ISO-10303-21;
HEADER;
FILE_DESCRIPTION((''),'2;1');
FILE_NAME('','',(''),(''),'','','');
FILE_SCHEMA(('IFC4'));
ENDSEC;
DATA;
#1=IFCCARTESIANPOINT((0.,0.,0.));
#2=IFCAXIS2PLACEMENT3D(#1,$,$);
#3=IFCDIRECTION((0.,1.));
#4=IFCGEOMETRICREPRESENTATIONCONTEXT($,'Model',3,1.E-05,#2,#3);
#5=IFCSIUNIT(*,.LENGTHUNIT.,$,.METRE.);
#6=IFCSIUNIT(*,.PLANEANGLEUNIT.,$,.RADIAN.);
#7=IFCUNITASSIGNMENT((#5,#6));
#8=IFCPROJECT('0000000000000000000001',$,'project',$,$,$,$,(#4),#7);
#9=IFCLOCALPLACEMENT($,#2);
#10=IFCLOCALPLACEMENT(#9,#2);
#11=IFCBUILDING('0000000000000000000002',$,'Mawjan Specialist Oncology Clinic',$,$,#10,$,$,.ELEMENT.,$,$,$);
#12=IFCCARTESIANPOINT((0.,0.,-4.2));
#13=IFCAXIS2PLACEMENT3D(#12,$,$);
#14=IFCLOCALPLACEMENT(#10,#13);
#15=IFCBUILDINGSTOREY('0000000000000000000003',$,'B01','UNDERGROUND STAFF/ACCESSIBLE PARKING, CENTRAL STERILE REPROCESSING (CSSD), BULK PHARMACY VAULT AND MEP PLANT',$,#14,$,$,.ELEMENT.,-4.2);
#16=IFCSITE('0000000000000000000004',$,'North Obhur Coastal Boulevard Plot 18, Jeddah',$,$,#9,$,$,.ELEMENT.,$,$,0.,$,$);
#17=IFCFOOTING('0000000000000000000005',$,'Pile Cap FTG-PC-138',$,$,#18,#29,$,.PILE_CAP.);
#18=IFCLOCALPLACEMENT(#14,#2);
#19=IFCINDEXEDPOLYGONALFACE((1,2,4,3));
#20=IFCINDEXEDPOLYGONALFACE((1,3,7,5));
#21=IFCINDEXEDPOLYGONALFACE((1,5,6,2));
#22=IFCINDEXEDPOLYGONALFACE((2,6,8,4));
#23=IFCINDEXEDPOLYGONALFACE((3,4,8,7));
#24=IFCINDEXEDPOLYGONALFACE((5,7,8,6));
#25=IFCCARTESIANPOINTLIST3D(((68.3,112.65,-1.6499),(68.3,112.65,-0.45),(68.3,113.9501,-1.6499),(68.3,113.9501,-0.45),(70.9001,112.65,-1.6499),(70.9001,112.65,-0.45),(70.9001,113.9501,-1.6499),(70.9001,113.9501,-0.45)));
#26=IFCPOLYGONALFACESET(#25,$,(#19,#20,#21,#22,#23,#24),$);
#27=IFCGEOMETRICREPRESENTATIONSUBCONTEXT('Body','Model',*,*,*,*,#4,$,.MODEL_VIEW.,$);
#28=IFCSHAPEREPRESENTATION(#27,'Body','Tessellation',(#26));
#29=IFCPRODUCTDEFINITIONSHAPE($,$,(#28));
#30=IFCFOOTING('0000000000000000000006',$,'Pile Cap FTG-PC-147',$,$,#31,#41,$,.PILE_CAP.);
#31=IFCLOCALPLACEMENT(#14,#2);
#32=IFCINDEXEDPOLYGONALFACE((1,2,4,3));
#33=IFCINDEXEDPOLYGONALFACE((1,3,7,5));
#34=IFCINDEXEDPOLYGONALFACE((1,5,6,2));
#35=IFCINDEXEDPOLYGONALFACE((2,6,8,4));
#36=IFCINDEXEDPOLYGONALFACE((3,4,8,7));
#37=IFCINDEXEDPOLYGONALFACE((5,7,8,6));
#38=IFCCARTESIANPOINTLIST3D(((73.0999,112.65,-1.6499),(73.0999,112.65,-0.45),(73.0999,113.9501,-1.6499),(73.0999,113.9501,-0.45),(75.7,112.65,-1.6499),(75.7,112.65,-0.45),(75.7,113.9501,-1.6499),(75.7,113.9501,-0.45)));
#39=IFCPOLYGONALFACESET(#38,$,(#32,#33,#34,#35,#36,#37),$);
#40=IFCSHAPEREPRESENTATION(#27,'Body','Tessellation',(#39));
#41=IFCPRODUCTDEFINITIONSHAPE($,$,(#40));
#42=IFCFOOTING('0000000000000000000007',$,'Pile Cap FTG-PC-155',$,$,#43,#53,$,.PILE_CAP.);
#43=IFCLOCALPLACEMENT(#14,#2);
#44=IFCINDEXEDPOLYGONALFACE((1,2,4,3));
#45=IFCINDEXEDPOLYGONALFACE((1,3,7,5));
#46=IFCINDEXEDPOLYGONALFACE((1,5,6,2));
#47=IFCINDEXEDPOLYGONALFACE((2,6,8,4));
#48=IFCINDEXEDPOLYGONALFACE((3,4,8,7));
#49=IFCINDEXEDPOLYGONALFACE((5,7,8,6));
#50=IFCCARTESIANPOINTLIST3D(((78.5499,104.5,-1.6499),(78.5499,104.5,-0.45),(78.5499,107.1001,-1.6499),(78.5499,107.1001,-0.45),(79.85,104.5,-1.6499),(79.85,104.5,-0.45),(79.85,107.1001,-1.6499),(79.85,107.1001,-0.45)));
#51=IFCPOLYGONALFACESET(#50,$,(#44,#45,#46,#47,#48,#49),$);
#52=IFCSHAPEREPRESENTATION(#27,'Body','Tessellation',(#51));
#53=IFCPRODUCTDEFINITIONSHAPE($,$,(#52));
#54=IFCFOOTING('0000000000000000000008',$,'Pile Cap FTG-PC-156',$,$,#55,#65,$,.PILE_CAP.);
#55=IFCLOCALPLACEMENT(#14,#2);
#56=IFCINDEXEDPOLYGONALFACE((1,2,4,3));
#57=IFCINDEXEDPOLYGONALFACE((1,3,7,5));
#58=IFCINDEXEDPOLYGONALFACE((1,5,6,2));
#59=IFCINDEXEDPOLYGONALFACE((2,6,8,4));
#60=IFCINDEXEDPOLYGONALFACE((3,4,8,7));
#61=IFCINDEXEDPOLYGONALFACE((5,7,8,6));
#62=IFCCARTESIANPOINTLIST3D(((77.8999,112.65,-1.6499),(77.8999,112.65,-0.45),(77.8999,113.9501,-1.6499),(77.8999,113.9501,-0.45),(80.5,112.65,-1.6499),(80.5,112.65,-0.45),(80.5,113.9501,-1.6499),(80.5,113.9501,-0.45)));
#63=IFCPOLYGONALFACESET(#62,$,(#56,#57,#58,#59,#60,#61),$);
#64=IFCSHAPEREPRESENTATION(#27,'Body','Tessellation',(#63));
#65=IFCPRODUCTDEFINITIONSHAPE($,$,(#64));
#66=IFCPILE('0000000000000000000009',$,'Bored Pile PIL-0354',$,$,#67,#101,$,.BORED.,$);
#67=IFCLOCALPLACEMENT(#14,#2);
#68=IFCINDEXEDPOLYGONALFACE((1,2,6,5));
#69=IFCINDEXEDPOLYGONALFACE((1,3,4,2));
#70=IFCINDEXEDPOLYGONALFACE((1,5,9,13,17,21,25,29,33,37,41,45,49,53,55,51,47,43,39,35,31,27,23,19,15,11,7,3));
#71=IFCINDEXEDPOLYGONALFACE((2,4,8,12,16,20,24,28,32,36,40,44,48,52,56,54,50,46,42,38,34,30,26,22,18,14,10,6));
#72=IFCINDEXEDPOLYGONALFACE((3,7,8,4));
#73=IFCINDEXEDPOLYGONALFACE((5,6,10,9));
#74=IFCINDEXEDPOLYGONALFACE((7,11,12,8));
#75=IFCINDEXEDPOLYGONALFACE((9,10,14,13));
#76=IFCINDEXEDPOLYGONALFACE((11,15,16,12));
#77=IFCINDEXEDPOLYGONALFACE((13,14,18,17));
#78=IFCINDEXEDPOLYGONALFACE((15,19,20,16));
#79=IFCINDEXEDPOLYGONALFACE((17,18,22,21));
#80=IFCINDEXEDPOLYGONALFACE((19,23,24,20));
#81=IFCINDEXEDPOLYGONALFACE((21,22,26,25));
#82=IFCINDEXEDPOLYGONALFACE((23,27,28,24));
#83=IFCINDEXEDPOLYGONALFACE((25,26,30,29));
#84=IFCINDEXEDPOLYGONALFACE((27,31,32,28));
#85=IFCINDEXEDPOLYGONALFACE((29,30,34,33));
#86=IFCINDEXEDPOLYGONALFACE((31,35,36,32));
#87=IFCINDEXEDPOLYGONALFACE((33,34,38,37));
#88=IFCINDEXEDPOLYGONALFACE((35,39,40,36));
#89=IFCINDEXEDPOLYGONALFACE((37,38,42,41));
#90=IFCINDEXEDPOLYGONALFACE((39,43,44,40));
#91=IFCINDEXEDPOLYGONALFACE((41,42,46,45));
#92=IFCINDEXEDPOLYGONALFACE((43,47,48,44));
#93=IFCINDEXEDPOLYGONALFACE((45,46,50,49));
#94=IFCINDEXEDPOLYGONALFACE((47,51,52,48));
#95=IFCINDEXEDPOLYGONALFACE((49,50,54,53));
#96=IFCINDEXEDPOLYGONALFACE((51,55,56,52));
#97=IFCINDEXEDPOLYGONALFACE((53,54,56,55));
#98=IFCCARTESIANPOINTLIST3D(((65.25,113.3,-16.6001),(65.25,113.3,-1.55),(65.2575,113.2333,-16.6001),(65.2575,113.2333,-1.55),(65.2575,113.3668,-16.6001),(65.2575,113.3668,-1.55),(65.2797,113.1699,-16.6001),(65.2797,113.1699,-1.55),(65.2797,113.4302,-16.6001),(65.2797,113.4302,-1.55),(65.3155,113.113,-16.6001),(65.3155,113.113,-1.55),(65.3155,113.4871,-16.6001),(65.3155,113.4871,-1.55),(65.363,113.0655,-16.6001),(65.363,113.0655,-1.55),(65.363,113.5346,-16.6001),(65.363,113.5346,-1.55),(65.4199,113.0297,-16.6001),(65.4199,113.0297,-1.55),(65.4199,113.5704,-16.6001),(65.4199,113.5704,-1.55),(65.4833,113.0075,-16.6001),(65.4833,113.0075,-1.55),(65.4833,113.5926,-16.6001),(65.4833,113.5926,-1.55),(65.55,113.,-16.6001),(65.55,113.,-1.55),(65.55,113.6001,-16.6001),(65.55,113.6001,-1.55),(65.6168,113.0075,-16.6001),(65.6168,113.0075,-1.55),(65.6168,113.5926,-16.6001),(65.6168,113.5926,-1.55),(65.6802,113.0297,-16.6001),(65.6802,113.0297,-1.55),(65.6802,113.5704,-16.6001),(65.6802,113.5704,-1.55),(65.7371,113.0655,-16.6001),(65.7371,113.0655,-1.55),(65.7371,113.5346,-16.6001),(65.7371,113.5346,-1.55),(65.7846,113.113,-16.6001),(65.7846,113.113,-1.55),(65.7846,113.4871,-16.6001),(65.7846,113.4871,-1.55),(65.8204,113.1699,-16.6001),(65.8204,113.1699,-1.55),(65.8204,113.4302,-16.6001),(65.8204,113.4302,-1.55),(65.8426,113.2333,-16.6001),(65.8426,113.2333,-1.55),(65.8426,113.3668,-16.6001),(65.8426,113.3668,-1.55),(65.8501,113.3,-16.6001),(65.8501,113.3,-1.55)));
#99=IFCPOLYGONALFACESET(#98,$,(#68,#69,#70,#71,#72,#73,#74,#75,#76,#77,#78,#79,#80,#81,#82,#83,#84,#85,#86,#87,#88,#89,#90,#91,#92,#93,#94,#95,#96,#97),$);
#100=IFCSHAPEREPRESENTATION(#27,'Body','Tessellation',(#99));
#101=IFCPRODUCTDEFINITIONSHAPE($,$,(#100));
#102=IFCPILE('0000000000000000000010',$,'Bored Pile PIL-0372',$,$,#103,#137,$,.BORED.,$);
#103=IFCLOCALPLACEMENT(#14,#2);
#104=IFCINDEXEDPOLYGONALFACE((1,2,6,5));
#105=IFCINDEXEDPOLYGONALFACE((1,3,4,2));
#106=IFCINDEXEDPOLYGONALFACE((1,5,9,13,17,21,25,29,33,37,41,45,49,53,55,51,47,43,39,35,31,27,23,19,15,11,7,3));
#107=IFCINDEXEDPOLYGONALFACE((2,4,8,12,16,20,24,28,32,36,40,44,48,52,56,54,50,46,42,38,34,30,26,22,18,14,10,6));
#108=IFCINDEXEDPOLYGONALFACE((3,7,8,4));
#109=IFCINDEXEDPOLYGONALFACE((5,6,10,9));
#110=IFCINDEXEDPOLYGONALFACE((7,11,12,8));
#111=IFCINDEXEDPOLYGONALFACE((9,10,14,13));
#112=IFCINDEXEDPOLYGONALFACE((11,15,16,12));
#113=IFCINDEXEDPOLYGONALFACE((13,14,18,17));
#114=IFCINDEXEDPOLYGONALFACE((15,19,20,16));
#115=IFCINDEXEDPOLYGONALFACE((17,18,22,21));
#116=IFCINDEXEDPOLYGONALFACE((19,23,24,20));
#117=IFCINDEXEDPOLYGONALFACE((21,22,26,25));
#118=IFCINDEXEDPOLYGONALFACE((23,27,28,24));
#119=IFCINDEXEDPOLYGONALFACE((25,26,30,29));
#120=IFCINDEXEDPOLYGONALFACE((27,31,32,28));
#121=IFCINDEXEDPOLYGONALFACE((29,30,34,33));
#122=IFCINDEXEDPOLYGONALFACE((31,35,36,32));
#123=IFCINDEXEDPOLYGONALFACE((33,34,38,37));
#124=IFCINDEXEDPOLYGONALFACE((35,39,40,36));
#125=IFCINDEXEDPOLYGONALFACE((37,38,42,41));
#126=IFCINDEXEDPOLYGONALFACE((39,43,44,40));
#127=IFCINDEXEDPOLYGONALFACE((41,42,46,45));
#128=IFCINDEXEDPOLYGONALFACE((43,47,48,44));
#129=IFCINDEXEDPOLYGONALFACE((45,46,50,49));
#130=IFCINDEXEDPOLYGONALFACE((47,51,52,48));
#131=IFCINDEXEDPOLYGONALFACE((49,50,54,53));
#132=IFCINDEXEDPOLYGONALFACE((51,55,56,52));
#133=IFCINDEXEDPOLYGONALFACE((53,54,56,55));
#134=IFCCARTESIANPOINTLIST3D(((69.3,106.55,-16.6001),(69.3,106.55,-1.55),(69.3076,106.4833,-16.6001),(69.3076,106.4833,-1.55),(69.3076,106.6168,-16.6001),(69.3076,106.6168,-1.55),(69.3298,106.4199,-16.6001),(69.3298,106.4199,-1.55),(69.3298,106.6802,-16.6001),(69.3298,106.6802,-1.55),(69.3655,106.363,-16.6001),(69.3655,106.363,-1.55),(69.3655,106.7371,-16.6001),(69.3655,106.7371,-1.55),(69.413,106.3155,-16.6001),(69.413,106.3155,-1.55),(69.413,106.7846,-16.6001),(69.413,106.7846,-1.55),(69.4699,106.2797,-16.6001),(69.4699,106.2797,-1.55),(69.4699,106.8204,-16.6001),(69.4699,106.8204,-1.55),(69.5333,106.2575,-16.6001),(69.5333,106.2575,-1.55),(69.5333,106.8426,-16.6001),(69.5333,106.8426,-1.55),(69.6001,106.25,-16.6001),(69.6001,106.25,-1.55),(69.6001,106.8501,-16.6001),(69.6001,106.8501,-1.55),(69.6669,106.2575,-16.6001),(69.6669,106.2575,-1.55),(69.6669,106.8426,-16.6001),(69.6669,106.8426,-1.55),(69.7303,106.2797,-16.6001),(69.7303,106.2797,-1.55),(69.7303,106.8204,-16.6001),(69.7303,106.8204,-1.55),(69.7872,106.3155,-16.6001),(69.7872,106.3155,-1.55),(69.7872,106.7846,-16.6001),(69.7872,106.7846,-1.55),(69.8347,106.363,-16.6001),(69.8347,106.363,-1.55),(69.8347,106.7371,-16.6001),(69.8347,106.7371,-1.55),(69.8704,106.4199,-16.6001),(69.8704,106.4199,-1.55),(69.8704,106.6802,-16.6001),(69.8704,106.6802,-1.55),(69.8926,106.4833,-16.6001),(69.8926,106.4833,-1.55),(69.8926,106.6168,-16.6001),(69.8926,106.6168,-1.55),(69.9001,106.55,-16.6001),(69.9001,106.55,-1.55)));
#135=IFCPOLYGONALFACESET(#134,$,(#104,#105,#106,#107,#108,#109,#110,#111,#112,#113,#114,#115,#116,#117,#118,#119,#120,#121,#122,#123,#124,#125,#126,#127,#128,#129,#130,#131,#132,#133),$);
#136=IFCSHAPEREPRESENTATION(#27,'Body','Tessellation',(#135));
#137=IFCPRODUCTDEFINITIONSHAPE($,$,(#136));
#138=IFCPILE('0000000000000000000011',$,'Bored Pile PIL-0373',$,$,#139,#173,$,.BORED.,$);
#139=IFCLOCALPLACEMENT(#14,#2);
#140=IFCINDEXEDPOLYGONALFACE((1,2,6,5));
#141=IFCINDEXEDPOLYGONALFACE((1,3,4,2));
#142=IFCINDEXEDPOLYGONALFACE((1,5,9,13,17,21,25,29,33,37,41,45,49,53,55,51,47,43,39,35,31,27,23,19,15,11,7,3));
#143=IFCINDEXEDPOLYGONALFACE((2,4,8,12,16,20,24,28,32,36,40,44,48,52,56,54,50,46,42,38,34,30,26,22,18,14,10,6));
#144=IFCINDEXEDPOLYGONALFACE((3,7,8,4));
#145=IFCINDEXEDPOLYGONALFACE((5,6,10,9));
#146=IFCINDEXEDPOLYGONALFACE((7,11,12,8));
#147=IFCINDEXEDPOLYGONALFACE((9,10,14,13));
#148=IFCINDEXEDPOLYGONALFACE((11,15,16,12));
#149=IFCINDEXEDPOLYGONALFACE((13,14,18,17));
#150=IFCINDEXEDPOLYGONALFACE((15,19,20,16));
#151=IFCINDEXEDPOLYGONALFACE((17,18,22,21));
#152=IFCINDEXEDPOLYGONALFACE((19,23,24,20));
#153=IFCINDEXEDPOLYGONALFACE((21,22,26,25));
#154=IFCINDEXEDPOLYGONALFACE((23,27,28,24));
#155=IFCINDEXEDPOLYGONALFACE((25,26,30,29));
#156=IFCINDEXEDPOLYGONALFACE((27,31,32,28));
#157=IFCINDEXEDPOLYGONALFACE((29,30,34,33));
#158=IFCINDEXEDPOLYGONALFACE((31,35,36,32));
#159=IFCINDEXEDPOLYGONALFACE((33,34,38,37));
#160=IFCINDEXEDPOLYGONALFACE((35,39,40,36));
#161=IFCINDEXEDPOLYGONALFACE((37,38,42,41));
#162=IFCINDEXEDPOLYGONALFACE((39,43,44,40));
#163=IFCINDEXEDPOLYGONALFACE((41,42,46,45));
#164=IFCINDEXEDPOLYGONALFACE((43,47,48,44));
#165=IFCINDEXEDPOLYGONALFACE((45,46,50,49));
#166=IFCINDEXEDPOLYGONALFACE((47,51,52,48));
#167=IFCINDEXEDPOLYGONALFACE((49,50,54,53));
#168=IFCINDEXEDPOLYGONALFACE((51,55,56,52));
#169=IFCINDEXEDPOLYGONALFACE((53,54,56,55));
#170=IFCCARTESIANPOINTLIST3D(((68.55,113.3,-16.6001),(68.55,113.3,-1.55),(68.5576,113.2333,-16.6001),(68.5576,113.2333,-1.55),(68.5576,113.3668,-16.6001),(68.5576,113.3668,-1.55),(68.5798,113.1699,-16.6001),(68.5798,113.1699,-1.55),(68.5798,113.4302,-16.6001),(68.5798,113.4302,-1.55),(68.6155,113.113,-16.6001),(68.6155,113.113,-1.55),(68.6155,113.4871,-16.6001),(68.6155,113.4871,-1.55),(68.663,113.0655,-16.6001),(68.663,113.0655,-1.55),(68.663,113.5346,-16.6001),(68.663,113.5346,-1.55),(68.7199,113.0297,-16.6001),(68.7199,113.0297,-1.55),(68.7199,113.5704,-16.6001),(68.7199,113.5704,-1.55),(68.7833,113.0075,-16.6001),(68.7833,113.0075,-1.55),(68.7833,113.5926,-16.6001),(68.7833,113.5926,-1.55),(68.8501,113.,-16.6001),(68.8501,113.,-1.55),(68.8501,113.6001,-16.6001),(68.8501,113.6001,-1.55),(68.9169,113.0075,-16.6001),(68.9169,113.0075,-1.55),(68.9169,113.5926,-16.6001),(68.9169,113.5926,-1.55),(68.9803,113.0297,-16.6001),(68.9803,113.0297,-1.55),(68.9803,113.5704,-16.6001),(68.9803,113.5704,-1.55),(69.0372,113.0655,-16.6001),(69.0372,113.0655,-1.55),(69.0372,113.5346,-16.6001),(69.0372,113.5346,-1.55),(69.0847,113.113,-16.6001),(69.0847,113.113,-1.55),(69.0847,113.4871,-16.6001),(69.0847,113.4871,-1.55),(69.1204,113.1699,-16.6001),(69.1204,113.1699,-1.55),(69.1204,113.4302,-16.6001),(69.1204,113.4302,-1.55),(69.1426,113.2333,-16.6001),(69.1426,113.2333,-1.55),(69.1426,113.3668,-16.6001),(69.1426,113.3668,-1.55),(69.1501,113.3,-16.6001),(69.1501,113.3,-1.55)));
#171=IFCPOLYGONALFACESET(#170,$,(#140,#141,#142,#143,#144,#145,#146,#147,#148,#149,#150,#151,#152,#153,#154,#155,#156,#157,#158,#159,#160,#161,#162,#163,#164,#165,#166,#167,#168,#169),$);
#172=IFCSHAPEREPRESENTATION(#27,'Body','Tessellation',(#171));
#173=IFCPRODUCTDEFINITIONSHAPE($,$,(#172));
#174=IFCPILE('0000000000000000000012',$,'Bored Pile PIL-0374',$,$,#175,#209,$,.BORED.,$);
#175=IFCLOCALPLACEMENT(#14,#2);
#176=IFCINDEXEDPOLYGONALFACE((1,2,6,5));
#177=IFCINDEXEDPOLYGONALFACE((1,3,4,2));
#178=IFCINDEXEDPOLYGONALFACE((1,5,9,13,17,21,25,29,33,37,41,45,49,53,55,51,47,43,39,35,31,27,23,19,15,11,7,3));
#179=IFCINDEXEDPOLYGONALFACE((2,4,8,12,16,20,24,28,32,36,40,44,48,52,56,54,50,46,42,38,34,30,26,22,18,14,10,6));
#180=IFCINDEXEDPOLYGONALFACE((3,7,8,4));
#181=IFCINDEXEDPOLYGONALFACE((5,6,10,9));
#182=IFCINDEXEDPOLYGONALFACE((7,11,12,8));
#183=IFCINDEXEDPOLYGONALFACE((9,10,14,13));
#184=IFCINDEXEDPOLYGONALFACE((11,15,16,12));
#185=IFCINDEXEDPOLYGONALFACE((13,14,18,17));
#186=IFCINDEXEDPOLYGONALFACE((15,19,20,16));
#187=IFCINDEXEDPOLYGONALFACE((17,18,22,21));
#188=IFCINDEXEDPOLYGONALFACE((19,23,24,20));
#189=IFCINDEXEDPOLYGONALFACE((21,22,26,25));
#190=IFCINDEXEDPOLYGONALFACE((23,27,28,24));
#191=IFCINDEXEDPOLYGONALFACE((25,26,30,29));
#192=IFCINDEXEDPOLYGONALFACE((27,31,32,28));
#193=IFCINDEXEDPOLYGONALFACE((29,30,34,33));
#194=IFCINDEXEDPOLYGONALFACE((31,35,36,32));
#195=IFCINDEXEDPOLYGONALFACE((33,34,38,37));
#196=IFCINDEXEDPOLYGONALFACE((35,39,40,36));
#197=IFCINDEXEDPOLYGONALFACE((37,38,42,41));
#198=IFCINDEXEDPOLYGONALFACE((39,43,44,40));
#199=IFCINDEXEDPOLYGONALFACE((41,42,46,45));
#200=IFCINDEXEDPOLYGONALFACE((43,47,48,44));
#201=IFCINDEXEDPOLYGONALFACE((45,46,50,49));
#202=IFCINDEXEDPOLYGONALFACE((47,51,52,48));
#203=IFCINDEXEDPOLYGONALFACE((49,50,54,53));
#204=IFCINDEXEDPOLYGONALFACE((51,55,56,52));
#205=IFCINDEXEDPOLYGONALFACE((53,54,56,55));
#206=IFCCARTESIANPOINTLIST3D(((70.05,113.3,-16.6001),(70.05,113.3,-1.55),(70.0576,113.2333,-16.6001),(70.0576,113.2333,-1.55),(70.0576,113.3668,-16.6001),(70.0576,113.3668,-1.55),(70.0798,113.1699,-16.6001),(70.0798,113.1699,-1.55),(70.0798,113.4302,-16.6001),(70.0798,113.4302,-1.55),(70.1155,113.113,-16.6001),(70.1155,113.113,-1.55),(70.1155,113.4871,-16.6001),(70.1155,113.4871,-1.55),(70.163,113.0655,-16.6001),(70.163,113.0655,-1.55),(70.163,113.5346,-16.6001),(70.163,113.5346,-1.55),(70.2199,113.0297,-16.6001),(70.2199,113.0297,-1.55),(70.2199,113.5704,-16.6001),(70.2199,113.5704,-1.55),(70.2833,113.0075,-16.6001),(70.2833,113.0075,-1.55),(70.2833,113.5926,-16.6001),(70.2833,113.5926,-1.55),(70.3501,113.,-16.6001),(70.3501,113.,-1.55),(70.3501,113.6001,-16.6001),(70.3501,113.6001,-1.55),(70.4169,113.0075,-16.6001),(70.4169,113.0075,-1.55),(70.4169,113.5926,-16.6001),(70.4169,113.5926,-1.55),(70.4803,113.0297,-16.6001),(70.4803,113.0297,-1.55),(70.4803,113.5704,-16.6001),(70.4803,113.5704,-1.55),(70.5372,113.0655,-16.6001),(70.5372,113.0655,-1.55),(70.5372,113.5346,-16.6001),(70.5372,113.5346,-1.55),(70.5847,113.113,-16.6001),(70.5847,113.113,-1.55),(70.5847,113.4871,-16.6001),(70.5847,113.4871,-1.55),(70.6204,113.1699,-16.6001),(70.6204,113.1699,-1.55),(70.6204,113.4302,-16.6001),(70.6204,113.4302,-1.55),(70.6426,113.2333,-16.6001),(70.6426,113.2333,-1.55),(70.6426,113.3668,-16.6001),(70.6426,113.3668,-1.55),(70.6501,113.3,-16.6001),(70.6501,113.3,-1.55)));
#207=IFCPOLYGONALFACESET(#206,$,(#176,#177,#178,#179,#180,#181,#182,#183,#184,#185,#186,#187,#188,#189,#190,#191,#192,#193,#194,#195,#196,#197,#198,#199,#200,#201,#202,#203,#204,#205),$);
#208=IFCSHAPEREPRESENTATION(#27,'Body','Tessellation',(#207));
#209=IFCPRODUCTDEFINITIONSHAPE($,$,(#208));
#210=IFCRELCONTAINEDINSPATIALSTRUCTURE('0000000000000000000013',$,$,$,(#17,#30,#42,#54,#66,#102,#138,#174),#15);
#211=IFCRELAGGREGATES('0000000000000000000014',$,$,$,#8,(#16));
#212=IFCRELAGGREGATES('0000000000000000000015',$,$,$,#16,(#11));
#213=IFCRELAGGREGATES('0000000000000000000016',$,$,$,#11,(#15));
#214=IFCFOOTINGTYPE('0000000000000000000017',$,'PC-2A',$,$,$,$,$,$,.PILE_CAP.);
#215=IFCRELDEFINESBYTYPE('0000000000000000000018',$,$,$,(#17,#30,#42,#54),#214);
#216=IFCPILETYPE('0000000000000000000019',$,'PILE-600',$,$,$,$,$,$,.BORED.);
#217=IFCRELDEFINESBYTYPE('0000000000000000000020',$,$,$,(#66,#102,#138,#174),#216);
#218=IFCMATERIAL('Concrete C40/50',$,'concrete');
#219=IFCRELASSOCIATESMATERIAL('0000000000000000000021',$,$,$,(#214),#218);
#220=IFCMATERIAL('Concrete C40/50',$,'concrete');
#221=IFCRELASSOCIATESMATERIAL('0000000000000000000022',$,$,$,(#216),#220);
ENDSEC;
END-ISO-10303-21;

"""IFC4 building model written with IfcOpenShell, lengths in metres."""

from ifc_helpers import new_model, si_unit, direction, frame, origin, origin_2d, place, context, subcontext, project, spatial, rectangle, circle, extrude, material, material_profile, profile_set, type_object, element, save


model = new_model("IFC4")

# Units and contexts
model_context = context("Model", 3, precision=1e-05, world=origin(), true_north=direction((0.0, 1.0)))
body_context = subcontext(model_context, "Body", "Model", "MODEL_VIEW")
ifc_project = project(units=[si_unit("LENGTHUNIT", "METRE"), si_unit("PLANEANGLEUNIT", "RADIAN")], contexts=[model_context])

# Site, building, storey
site_placement = place(None, origin())
site = spatial("IfcSite", under=ifc_project, at=site_placement, Name="North Obhur Coastal Boulevard Plot 18, Jeddah", CompositionType="ELEMENT", RefElevation=0.0)
building_placement = place(site_placement, origin())
building = spatial("IfcBuilding", under=site, at=building_placement, Name="Mawjan Specialist Oncology Clinic", CompositionType="ELEMENT")
storey_placement = place(building_placement, frame((0.0, 0.0, -4.2)))
storey = spatial("IfcBuildingStorey", under=building, at=storey_placement, Name="B01", Description="UNDERGROUND STAFF/ACCESSIBLE PARKING, CENTRAL STERILE REPROCESSING (CSSD), BULK PHARMACY VAULT AND MEP PLANT", CompositionType="ELEMENT", Elevation=-4.2)

# Footings
ifc_material_1 = material(Name="Concrete C40/50", Category="concrete")
footing_type_1 = type_object("IfcFootingType", Name="PC-2A", PredefinedType="PILE_CAP", material=ifc_material_1)
for number, where, z_axis, x_axis, name in (
    (1, (69.6001, 113.3, -1.6499), (0.0, 0.0, 1.0), (1.0, 0.0, 0.0), "Pile Cap FTG-PC-138"),
    (2, (74.3999, 113.3, -1.6499), (0.0, 0.0, 1.0), (1.0, 0.0, 0.0), "Pile Cap FTG-PC-147"),
    (3, (79.2, 105.8, -1.6499), (0.0, 0.0, 1.0), (0.0, 1.0, 0.0), "Pile Cap FTG-PC-155"),
    (4, (79.2, 113.3, -1.6499), (0.0, 0.0, 1.0), (1.0, 0.0, 0.0), "Pile Cap FTG-PC-156"),
):
    element("IfcFooting", number, at=place(storey_placement, frame(where, z_axis=z_axis, x_axis=x_axis)), inside=storey, type_object=footing_type_1, Name=name, PredefinedType="PILE_CAP", context=body_context, shape_type="SweptSolid", body=[
        extrude(rectangle(XDim=2.6001, YDim=1.3, at=origin_2d()), origin(), (0.0, 0.0, 1.0), 1.2),
    ])

# Piles
ifc_material_2 = material(Name="Concrete C40/50", Category="concrete")
ifc_material_profile_1 = material_profile(ifc_material_2, circle(Radius=0.3, at=origin_2d()), Name="BORED PILE D600", Category="concrete")
ifc_profile_set_1 = profile_set([ifc_material_profile_1], Name="Concrete C40/50")
pile_type = type_object("IfcPileType", Name="PILE-600", PredefinedType="BORED", material=ifc_profile_set_1)
for number, where, z_axis, x_axis, name in (
    (5, (65.55, 113.3, -1.55), (0.0, 0.0, -1.0), (1.0, 0.0, 0.0), "Bored Pile PIL-0354"),
    (6, (69.6001, 106.55, -1.55), (0.0, 0.0, -1.0), (1.0, 0.0, 0.0), "Bored Pile PIL-0372"),
    (7, (68.8501, 113.3, -1.55), (0.0, 0.0, -1.0), (1.0, 0.0, 0.0), "Bored Pile PIL-0373"),
    (8, (70.3501, 113.3, -1.55), (0.0, 0.0, -1.0), (1.0, 0.0, 0.0), "Bored Pile PIL-0374"),
):
    element("IfcPile", number, at=place(storey_placement, frame(where, z_axis=z_axis, x_axis=x_axis)), inside=storey, type_object=pile_type, Name=name, PredefinedType="BORED", context=body_context, shape_type="SweptSolid", body=[
        extrude(circle(Radius=0.3, at=origin_2d()), origin(), (0.0, 0.0, 1.0), 15.05),
    ])

save(model, "model.ifc")
